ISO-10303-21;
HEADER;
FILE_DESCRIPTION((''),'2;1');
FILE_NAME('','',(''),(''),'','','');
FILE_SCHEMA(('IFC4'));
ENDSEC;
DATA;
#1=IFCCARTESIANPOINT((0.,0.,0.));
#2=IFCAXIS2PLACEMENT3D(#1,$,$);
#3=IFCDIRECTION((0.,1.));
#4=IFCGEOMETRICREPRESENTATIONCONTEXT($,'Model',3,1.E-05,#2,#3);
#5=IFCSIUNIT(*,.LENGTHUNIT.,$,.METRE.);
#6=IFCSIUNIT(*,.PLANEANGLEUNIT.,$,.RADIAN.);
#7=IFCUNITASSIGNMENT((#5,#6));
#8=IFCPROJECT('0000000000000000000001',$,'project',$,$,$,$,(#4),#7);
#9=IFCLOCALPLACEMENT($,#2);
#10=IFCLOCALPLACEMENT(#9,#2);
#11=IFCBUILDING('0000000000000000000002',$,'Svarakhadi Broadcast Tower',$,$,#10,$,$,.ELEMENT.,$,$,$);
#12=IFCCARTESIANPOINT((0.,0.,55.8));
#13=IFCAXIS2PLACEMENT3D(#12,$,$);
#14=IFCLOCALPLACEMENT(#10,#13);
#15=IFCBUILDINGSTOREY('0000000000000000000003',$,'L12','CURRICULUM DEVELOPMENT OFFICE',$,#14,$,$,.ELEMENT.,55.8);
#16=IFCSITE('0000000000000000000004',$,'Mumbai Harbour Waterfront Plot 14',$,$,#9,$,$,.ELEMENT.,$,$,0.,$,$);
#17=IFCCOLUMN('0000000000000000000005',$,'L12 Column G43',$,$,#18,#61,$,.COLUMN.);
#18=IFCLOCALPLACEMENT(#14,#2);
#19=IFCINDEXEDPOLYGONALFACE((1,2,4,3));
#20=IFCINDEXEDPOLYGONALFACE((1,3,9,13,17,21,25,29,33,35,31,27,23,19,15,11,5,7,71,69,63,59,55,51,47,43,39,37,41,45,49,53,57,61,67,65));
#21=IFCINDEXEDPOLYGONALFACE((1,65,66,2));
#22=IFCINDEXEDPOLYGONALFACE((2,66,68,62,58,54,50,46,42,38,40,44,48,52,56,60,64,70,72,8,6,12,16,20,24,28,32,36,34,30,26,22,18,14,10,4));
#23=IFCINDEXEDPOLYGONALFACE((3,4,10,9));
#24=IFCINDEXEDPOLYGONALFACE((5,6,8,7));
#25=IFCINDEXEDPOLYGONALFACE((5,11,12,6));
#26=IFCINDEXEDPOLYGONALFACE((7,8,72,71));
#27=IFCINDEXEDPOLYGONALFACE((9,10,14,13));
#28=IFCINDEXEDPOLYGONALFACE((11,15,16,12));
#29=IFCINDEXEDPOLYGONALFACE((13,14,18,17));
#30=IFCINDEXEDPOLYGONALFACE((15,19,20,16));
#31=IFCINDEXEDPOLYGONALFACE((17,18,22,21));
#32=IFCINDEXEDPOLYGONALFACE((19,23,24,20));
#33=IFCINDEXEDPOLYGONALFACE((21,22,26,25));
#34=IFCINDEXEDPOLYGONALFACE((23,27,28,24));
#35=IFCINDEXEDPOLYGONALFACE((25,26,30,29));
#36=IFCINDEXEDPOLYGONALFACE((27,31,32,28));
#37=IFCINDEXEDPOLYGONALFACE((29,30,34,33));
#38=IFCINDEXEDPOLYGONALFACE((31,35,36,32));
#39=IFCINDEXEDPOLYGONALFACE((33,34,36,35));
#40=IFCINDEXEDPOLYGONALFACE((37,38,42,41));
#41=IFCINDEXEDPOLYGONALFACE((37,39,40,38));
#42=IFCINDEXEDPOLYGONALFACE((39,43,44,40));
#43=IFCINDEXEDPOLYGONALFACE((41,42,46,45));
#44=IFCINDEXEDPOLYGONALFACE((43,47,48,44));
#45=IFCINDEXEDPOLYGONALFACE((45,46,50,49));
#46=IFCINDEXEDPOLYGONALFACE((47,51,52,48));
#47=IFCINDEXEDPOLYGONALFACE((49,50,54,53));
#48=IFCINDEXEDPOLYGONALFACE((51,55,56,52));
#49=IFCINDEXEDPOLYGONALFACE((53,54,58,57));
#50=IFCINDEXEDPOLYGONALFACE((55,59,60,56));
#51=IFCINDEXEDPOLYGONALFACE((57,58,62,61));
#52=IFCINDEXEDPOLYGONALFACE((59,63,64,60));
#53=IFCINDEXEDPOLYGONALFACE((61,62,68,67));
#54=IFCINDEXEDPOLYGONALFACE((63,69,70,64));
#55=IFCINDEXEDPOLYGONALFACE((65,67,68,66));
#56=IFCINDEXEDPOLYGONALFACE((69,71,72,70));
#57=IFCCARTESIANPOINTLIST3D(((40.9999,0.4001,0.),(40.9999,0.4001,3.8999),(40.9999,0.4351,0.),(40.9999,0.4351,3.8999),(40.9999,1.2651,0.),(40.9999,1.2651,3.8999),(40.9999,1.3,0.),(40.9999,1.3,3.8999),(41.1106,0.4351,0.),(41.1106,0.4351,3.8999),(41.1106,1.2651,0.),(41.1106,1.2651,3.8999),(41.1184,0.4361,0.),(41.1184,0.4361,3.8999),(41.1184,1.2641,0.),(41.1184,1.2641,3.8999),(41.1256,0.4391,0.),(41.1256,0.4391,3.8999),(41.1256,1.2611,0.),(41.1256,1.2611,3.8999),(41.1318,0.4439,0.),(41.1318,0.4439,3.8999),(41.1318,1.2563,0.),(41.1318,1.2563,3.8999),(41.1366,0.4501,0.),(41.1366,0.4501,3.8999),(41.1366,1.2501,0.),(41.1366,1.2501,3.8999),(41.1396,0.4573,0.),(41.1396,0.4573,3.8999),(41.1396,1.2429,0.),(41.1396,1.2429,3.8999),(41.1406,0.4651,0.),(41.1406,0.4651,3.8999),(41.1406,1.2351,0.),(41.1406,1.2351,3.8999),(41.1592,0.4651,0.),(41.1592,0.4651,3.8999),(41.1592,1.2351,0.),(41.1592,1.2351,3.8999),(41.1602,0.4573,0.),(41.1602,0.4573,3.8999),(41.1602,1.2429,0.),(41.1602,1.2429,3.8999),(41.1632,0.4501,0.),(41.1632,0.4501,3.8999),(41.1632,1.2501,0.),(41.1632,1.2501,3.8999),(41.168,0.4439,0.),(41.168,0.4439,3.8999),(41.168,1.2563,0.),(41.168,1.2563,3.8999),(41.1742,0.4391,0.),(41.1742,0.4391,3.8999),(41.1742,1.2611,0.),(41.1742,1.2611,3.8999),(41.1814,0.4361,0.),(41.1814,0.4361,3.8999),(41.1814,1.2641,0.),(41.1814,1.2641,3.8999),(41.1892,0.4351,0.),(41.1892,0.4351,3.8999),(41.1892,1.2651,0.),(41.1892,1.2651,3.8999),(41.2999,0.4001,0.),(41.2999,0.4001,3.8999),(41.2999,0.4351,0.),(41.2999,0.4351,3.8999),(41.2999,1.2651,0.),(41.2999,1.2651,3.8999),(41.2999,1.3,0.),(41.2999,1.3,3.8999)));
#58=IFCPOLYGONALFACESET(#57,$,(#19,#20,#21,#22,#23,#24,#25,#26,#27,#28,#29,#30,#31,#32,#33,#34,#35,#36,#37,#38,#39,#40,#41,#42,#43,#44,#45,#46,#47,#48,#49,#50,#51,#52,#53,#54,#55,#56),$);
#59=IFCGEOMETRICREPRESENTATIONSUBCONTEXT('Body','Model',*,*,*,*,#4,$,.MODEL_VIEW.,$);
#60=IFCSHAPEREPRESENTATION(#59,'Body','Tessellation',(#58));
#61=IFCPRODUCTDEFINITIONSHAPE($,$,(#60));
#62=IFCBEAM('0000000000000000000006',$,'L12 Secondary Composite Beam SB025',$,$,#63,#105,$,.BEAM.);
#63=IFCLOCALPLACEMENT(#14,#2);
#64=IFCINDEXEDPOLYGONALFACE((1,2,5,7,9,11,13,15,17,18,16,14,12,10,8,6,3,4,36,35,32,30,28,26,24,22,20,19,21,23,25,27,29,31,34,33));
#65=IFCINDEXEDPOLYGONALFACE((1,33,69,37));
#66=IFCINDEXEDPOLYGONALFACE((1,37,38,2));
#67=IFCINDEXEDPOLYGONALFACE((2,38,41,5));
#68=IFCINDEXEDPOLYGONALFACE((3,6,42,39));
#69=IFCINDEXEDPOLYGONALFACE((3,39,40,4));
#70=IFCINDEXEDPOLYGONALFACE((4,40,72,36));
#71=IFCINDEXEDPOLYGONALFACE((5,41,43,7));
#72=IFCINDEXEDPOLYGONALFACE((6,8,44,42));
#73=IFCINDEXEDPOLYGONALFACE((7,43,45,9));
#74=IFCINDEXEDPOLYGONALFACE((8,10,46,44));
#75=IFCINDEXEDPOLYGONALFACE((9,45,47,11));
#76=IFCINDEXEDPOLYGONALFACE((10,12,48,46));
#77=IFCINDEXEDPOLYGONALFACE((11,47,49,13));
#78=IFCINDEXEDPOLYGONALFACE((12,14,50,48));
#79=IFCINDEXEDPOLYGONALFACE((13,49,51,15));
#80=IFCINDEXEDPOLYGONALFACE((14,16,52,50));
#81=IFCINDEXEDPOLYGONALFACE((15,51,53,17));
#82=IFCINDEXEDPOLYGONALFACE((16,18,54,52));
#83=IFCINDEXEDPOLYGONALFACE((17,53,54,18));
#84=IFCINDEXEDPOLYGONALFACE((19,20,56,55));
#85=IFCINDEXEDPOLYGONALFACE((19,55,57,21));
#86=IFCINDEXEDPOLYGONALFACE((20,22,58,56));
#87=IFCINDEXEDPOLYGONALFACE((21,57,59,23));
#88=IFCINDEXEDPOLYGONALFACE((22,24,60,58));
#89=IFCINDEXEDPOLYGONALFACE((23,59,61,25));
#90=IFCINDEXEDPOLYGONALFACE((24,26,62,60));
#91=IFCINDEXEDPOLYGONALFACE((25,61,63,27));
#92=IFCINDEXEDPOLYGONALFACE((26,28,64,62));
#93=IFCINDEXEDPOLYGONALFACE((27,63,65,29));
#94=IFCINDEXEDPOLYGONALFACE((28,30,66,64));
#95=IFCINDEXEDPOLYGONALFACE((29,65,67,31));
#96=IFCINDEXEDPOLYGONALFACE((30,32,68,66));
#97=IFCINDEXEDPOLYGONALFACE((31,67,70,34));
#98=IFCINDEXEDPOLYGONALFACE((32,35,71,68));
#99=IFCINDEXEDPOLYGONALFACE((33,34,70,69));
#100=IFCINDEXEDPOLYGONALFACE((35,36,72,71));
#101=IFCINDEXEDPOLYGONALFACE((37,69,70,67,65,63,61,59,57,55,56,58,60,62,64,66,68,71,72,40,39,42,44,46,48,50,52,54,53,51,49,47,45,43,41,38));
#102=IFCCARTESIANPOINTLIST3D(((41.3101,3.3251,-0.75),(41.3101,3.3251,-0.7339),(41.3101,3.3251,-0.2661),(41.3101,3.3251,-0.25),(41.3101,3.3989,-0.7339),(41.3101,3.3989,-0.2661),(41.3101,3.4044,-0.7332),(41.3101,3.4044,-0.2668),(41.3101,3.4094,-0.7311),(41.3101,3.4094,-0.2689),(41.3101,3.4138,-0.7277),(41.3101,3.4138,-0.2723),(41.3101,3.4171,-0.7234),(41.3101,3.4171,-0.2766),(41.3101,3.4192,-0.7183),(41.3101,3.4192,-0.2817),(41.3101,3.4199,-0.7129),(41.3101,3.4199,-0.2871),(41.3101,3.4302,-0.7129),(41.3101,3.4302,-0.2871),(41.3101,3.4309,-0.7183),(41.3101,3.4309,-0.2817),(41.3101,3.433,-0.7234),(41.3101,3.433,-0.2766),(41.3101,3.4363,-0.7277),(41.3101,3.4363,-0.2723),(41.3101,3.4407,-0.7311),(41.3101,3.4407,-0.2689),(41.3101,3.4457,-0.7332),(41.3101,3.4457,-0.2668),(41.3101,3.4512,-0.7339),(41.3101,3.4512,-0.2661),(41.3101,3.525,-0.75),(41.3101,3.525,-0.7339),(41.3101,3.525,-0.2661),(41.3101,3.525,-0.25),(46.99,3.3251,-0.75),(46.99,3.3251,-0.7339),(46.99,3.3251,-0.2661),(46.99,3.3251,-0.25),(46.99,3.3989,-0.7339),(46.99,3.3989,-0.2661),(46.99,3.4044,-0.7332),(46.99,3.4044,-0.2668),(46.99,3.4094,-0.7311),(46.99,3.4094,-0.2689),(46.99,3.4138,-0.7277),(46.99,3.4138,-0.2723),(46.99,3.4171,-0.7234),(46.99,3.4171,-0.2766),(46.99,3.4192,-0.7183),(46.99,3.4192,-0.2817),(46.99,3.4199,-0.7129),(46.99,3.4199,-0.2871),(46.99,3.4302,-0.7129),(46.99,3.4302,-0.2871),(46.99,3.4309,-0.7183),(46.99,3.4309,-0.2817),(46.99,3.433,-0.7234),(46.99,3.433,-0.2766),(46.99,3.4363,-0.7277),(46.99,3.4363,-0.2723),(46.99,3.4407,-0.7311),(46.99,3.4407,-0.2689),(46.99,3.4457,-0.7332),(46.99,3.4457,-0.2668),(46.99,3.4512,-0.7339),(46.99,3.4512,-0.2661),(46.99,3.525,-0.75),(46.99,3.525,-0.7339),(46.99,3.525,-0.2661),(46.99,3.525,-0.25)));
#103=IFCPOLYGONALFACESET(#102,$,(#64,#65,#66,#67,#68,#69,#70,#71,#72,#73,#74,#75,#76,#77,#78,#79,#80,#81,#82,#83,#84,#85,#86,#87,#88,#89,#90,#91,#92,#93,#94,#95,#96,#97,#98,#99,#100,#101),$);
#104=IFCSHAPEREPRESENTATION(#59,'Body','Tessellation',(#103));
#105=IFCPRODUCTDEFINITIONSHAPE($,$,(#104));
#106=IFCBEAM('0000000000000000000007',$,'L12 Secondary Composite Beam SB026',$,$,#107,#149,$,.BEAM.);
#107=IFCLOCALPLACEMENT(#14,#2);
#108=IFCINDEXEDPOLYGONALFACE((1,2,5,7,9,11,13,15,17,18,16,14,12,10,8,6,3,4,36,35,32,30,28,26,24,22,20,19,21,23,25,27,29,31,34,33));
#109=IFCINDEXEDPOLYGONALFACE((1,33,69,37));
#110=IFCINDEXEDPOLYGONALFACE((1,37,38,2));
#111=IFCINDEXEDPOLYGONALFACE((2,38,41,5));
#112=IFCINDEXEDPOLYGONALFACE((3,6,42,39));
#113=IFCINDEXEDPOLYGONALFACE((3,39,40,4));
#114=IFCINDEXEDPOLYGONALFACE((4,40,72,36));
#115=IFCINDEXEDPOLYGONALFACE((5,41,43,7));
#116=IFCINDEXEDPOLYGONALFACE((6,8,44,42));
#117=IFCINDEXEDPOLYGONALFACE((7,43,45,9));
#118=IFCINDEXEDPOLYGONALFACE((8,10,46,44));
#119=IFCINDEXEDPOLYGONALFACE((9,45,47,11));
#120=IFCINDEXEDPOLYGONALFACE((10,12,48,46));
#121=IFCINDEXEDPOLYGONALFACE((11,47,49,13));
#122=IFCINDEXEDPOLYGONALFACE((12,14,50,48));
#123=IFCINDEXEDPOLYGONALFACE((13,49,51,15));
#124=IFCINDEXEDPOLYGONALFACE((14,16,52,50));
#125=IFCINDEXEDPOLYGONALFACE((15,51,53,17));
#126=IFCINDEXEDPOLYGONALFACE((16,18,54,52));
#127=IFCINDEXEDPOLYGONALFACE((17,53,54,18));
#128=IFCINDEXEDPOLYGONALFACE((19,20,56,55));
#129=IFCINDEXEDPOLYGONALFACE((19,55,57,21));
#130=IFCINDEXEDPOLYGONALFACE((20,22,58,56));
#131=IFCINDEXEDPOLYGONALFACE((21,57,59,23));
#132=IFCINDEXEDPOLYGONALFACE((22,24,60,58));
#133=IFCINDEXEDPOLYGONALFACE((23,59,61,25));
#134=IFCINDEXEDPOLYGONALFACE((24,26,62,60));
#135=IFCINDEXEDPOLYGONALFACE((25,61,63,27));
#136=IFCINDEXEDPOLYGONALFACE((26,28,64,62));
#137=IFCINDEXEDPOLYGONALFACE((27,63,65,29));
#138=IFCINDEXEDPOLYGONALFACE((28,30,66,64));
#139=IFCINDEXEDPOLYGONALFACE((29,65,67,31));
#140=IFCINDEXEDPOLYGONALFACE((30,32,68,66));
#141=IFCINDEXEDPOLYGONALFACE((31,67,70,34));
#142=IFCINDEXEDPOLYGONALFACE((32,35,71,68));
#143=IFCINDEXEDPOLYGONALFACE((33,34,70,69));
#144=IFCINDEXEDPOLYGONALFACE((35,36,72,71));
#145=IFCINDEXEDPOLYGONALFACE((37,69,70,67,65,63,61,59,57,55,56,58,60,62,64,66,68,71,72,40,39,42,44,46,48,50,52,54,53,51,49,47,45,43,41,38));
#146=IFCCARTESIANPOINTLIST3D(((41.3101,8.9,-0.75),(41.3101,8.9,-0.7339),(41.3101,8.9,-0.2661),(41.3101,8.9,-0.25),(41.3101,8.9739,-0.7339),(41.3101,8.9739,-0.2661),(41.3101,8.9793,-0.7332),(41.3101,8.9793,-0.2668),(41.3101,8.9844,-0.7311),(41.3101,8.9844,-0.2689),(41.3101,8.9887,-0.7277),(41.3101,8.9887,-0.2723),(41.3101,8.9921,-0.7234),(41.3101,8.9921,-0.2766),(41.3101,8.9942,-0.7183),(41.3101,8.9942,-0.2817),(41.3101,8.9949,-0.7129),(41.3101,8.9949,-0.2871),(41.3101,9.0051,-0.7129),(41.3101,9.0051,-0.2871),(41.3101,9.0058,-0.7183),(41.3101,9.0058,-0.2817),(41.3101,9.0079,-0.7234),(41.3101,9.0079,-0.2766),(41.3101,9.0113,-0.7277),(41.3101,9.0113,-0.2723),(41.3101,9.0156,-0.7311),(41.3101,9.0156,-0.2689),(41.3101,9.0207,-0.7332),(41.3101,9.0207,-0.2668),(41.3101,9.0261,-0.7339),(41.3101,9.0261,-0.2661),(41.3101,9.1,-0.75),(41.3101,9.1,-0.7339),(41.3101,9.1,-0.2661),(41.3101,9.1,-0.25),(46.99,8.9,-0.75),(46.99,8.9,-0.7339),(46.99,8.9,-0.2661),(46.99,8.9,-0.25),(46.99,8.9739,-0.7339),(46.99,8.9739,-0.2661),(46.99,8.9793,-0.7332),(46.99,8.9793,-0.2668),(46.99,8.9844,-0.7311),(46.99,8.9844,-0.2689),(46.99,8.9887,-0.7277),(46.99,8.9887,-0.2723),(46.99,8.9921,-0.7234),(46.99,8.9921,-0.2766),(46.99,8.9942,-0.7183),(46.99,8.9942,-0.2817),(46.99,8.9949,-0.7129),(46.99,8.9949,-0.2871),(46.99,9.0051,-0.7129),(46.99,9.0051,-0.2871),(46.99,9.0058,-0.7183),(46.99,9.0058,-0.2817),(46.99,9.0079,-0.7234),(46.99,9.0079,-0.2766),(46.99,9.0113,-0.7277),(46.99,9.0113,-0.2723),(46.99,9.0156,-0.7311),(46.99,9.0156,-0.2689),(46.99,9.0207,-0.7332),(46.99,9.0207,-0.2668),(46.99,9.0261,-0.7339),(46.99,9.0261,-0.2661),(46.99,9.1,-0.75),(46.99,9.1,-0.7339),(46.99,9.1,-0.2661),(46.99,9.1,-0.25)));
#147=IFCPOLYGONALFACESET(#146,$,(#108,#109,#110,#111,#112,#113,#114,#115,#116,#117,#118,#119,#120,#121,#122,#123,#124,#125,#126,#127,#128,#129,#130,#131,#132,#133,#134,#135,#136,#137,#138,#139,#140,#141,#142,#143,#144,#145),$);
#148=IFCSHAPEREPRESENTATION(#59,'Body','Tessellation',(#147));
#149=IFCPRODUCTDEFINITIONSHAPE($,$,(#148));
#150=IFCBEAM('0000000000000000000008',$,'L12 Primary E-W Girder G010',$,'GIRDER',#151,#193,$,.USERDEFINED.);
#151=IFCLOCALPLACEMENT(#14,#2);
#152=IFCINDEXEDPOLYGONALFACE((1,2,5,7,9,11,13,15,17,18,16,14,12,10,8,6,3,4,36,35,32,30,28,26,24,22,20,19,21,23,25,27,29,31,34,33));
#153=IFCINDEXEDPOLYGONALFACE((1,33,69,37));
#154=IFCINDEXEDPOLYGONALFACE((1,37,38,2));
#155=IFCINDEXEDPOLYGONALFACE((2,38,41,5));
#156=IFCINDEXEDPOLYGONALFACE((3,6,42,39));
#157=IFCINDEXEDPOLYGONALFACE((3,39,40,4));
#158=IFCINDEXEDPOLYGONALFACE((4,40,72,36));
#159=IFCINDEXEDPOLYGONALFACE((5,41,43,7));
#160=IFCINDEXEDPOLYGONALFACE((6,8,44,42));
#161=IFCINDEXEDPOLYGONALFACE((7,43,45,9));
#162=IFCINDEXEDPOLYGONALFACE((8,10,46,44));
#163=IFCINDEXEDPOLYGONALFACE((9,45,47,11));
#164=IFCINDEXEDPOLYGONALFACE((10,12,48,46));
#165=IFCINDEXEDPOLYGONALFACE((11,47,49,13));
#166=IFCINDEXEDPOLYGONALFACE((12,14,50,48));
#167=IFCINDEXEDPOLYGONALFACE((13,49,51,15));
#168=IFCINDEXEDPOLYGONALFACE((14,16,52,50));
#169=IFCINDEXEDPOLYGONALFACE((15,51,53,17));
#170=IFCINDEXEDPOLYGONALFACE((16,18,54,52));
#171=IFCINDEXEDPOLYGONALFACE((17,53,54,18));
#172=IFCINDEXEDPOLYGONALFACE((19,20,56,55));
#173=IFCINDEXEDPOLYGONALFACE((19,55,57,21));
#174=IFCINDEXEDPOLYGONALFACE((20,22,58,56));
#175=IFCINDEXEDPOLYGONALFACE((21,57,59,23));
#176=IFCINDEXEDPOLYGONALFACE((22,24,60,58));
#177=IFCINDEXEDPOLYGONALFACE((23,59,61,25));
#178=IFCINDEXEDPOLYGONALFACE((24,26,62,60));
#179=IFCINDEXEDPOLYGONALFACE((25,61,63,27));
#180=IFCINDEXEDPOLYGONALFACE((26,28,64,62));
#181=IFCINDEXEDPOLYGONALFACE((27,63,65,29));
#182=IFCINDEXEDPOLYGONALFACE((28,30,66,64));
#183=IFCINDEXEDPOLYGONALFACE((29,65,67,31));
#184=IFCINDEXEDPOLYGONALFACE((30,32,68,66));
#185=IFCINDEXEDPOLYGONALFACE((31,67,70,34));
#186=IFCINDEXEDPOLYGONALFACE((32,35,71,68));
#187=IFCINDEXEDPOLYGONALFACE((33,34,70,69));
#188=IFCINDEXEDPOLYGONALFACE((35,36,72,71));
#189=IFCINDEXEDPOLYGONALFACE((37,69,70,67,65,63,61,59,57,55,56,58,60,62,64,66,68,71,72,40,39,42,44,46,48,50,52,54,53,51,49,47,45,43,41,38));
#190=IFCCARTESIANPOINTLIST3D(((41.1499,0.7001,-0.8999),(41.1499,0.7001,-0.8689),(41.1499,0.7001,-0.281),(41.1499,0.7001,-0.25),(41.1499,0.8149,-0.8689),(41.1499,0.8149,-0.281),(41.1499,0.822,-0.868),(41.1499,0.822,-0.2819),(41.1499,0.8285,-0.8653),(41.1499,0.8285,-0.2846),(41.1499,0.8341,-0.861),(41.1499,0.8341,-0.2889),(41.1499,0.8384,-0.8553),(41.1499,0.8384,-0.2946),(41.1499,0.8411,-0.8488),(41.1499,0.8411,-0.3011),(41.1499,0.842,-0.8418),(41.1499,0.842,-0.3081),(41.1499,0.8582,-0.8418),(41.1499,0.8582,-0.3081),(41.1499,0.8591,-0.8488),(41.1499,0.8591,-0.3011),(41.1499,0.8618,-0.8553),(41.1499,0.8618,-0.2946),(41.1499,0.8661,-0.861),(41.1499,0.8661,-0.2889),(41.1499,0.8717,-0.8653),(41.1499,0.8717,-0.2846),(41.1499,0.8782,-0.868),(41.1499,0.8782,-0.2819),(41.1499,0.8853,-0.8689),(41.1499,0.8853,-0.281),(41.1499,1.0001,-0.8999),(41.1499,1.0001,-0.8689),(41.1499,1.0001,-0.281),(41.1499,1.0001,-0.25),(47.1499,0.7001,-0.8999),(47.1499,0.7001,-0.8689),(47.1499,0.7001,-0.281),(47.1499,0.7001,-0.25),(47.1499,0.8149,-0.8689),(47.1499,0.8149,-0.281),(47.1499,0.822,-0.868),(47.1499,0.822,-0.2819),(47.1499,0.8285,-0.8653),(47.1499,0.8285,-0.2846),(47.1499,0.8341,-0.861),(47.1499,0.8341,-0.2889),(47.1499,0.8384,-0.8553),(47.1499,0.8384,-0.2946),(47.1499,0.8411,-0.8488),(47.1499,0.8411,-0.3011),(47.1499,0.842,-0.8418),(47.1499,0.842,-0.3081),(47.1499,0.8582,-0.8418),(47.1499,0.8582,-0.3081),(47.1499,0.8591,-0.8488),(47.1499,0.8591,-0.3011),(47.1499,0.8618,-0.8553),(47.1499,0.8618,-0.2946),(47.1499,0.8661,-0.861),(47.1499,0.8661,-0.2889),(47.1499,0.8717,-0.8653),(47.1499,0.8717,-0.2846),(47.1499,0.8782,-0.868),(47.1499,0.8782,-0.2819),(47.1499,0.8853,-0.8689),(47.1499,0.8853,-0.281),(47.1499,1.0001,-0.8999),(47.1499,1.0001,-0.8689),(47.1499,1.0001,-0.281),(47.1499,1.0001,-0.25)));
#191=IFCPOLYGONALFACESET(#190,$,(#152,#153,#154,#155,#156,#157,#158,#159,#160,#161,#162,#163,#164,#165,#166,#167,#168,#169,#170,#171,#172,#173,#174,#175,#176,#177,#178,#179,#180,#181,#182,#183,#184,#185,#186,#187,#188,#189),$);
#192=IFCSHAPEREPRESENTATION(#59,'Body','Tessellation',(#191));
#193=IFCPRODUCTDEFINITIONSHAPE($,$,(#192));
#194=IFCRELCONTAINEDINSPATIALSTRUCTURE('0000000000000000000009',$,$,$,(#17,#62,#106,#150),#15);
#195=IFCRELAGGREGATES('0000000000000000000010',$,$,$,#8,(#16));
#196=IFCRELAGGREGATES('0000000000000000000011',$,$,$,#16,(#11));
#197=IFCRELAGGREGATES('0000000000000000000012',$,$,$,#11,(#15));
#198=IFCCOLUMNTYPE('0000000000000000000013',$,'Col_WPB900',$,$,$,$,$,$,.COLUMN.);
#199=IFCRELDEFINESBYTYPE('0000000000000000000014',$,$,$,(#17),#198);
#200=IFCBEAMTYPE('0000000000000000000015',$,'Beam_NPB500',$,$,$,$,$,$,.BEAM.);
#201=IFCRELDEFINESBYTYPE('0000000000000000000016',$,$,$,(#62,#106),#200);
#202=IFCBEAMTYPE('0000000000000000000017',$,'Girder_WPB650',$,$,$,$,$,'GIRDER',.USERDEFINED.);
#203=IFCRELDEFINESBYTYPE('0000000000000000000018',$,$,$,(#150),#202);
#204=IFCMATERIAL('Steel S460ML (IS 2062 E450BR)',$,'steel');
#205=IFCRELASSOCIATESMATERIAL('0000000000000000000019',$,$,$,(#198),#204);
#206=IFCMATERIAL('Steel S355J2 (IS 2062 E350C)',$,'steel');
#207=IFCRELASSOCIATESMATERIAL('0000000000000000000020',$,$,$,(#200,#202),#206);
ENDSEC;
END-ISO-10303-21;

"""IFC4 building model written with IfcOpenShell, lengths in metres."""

from ifc_helpers import new_model, si_unit, direction, frame, origin, origin_2d, place, context, subcontext, project, spatial, i_section, extrude, material, material_profile, profile_set, type_object, element, save


model = new_model("IFC4")

# Units and contexts
model_context = context("Model", 3, precision=1e-05, world=origin(), true_north=direction((0.0, 1.0)))
body_context = subcontext(model_context, "Body", "Model", "MODEL_VIEW")
ifc_project = project(units=[si_unit("LENGTHUNIT", "METRE"), si_unit("PLANEANGLEUNIT", "RADIAN")], contexts=[model_context])

# Site, building, storey
site_placement = place(None, origin())
site = spatial("IfcSite", under=ifc_project, at=site_placement, Name="Mumbai Harbour Waterfront Plot 14", CompositionType="ELEMENT", RefElevation=0.0)
building_placement = place(site_placement, origin())
building = spatial("IfcBuilding", under=site, at=building_placement, Name="Svarakhadi Broadcast Tower", CompositionType="ELEMENT")
storey_placement = place(building_placement, frame((0.0, 0.0, 55.8)))
storey = spatial("IfcBuildingStorey", under=building, at=storey_placement, Name="L12", Description="CURRICULUM DEVELOPMENT OFFICE", CompositionType="ELEMENT", Elevation=55.8)

# Column
ifc_material_1 = material(Name="Steel S460ML (IS 2062 E450BR)", Category="steel")
ifc_material_profile_1 = material_profile(ifc_material_1, i_section(OverallWidth=0.3, OverallDepth=0.8999, WebThickness=0.0186, FlangeThickness=0.0349, FilletRadius=0.03, at=origin_2d()), Name="WPB 900x300x291")
ifc_profile_set_1 = profile_set([ifc_material_profile_1], Name="Steel S460ML (IS 2062 E450BR)")
column_type_1 = type_object("IfcColumnType", Name="Col_WPB900", PredefinedType="COLUMN", material=ifc_profile_set_1)
column_1_placement = place(storey_placement, frame((41.1499, 0.8501, 0.0), z_axis=(0.0, 0.0, 1.0), x_axis=(1.0, 0.0, 0.0)))
element("IfcColumn", 1, at=column_1_placement, inside=storey, type_object=column_type_1, Name="L12 Column G43", PredefinedType="COLUMN", context=body_context, shape_type="SweptSolid", body=[
    extrude(i_section(OverallWidth=0.3, OverallDepth=0.8999, WebThickness=0.0186, FlangeThickness=0.0349, FilletRadius=0.03, at=origin_2d()), origin(), (0.0, 0.0, 1.0), 3.8999),
])

# Beams
ifc_material_2 = material(Name="Steel S355J2 (IS 2062 E350C)", Category="steel")
ifc_material_profile_2 = material_profile(ifc_material_2, i_section(OverallWidth=0.2, OverallDepth=0.5, WebThickness=0.0103, FlangeThickness=0.0161, FilletRadius=0.021, at=origin_2d()), Name="NPB 500x200x91")
ifc_profile_set_2 = profile_set([ifc_material_profile_2], Name="Steel S355J2 (IS 2062 E350C)")
beam_type_1 = type_object("IfcBeamType", Name="Beam_NPB500", PredefinedType="BEAM", material=ifc_profile_set_2)
for number, where, z_axis, x_axis, name in (
    (2, (41.3101, 3.425, -0.5), (1.0, 0.0, 0.0), (0.0, 1.0, 0.0), "L12 Secondary Composite Beam SB025"),
    (3, (41.3101, 9.0, -0.5), (1.0, 0.0, 0.0), (0.0, 1.0, 0.0), "L12 Secondary Composite Beam SB026"),
):
    element("IfcBeam", number, at=place(storey_placement, frame(where, z_axis=z_axis, x_axis=x_axis)), inside=storey, type_object=beam_type_1, Name=name, PredefinedType="BEAM", context=body_context, shape_type="SweptSolid", body=[
        extrude(i_section(OverallWidth=0.2, OverallDepth=0.5, WebThickness=0.0103, FlangeThickness=0.0161, FilletRadius=0.021, at=origin_2d()), origin(), (0.0, 0.0, 1.0), 5.6799),
    ])
ifc_material_profile_3 = material_profile(ifc_material_2, i_section(OverallWidth=0.3, OverallDepth=0.6499, WebThickness=0.0161, FlangeThickness=0.031, FilletRadius=0.0271, at=origin_2d()), Name="WPB 650x300x225")
ifc_profile_set_3 = profile_set([ifc_material_profile_3], Name="Steel S355J2 (IS 2062 E350C)")
beam_type_2 = type_object("IfcBeamType", Name="Girder_WPB650", ElementType="GIRDER", PredefinedType="USERDEFINED", material=ifc_profile_set_3)
for number, where, z_axis, x_axis, name in (
    (4, (41.1499, 0.8501, -0.575), (1.0, 0.0, 0.0), (0.0, 1.0, 0.0), "L12 Primary E-W Girder G010"),
):
    element("IfcBeam", number, at=place(storey_placement, frame(where, z_axis=z_axis, x_axis=x_axis)), inside=storey, type_object=beam_type_2, Name=name, ObjectType="GIRDER", PredefinedType="USERDEFINED", context=body_context, shape_type="SweptSolid", body=[
        extrude(i_section(OverallWidth=0.3, OverallDepth=0.6499, WebThickness=0.0161, FlangeThickness=0.031, FilletRadius=0.0271, at=origin_2d()), origin(), (0.0, 0.0, 1.0), 6.0),
    ])

save(model, "model.ifc")
